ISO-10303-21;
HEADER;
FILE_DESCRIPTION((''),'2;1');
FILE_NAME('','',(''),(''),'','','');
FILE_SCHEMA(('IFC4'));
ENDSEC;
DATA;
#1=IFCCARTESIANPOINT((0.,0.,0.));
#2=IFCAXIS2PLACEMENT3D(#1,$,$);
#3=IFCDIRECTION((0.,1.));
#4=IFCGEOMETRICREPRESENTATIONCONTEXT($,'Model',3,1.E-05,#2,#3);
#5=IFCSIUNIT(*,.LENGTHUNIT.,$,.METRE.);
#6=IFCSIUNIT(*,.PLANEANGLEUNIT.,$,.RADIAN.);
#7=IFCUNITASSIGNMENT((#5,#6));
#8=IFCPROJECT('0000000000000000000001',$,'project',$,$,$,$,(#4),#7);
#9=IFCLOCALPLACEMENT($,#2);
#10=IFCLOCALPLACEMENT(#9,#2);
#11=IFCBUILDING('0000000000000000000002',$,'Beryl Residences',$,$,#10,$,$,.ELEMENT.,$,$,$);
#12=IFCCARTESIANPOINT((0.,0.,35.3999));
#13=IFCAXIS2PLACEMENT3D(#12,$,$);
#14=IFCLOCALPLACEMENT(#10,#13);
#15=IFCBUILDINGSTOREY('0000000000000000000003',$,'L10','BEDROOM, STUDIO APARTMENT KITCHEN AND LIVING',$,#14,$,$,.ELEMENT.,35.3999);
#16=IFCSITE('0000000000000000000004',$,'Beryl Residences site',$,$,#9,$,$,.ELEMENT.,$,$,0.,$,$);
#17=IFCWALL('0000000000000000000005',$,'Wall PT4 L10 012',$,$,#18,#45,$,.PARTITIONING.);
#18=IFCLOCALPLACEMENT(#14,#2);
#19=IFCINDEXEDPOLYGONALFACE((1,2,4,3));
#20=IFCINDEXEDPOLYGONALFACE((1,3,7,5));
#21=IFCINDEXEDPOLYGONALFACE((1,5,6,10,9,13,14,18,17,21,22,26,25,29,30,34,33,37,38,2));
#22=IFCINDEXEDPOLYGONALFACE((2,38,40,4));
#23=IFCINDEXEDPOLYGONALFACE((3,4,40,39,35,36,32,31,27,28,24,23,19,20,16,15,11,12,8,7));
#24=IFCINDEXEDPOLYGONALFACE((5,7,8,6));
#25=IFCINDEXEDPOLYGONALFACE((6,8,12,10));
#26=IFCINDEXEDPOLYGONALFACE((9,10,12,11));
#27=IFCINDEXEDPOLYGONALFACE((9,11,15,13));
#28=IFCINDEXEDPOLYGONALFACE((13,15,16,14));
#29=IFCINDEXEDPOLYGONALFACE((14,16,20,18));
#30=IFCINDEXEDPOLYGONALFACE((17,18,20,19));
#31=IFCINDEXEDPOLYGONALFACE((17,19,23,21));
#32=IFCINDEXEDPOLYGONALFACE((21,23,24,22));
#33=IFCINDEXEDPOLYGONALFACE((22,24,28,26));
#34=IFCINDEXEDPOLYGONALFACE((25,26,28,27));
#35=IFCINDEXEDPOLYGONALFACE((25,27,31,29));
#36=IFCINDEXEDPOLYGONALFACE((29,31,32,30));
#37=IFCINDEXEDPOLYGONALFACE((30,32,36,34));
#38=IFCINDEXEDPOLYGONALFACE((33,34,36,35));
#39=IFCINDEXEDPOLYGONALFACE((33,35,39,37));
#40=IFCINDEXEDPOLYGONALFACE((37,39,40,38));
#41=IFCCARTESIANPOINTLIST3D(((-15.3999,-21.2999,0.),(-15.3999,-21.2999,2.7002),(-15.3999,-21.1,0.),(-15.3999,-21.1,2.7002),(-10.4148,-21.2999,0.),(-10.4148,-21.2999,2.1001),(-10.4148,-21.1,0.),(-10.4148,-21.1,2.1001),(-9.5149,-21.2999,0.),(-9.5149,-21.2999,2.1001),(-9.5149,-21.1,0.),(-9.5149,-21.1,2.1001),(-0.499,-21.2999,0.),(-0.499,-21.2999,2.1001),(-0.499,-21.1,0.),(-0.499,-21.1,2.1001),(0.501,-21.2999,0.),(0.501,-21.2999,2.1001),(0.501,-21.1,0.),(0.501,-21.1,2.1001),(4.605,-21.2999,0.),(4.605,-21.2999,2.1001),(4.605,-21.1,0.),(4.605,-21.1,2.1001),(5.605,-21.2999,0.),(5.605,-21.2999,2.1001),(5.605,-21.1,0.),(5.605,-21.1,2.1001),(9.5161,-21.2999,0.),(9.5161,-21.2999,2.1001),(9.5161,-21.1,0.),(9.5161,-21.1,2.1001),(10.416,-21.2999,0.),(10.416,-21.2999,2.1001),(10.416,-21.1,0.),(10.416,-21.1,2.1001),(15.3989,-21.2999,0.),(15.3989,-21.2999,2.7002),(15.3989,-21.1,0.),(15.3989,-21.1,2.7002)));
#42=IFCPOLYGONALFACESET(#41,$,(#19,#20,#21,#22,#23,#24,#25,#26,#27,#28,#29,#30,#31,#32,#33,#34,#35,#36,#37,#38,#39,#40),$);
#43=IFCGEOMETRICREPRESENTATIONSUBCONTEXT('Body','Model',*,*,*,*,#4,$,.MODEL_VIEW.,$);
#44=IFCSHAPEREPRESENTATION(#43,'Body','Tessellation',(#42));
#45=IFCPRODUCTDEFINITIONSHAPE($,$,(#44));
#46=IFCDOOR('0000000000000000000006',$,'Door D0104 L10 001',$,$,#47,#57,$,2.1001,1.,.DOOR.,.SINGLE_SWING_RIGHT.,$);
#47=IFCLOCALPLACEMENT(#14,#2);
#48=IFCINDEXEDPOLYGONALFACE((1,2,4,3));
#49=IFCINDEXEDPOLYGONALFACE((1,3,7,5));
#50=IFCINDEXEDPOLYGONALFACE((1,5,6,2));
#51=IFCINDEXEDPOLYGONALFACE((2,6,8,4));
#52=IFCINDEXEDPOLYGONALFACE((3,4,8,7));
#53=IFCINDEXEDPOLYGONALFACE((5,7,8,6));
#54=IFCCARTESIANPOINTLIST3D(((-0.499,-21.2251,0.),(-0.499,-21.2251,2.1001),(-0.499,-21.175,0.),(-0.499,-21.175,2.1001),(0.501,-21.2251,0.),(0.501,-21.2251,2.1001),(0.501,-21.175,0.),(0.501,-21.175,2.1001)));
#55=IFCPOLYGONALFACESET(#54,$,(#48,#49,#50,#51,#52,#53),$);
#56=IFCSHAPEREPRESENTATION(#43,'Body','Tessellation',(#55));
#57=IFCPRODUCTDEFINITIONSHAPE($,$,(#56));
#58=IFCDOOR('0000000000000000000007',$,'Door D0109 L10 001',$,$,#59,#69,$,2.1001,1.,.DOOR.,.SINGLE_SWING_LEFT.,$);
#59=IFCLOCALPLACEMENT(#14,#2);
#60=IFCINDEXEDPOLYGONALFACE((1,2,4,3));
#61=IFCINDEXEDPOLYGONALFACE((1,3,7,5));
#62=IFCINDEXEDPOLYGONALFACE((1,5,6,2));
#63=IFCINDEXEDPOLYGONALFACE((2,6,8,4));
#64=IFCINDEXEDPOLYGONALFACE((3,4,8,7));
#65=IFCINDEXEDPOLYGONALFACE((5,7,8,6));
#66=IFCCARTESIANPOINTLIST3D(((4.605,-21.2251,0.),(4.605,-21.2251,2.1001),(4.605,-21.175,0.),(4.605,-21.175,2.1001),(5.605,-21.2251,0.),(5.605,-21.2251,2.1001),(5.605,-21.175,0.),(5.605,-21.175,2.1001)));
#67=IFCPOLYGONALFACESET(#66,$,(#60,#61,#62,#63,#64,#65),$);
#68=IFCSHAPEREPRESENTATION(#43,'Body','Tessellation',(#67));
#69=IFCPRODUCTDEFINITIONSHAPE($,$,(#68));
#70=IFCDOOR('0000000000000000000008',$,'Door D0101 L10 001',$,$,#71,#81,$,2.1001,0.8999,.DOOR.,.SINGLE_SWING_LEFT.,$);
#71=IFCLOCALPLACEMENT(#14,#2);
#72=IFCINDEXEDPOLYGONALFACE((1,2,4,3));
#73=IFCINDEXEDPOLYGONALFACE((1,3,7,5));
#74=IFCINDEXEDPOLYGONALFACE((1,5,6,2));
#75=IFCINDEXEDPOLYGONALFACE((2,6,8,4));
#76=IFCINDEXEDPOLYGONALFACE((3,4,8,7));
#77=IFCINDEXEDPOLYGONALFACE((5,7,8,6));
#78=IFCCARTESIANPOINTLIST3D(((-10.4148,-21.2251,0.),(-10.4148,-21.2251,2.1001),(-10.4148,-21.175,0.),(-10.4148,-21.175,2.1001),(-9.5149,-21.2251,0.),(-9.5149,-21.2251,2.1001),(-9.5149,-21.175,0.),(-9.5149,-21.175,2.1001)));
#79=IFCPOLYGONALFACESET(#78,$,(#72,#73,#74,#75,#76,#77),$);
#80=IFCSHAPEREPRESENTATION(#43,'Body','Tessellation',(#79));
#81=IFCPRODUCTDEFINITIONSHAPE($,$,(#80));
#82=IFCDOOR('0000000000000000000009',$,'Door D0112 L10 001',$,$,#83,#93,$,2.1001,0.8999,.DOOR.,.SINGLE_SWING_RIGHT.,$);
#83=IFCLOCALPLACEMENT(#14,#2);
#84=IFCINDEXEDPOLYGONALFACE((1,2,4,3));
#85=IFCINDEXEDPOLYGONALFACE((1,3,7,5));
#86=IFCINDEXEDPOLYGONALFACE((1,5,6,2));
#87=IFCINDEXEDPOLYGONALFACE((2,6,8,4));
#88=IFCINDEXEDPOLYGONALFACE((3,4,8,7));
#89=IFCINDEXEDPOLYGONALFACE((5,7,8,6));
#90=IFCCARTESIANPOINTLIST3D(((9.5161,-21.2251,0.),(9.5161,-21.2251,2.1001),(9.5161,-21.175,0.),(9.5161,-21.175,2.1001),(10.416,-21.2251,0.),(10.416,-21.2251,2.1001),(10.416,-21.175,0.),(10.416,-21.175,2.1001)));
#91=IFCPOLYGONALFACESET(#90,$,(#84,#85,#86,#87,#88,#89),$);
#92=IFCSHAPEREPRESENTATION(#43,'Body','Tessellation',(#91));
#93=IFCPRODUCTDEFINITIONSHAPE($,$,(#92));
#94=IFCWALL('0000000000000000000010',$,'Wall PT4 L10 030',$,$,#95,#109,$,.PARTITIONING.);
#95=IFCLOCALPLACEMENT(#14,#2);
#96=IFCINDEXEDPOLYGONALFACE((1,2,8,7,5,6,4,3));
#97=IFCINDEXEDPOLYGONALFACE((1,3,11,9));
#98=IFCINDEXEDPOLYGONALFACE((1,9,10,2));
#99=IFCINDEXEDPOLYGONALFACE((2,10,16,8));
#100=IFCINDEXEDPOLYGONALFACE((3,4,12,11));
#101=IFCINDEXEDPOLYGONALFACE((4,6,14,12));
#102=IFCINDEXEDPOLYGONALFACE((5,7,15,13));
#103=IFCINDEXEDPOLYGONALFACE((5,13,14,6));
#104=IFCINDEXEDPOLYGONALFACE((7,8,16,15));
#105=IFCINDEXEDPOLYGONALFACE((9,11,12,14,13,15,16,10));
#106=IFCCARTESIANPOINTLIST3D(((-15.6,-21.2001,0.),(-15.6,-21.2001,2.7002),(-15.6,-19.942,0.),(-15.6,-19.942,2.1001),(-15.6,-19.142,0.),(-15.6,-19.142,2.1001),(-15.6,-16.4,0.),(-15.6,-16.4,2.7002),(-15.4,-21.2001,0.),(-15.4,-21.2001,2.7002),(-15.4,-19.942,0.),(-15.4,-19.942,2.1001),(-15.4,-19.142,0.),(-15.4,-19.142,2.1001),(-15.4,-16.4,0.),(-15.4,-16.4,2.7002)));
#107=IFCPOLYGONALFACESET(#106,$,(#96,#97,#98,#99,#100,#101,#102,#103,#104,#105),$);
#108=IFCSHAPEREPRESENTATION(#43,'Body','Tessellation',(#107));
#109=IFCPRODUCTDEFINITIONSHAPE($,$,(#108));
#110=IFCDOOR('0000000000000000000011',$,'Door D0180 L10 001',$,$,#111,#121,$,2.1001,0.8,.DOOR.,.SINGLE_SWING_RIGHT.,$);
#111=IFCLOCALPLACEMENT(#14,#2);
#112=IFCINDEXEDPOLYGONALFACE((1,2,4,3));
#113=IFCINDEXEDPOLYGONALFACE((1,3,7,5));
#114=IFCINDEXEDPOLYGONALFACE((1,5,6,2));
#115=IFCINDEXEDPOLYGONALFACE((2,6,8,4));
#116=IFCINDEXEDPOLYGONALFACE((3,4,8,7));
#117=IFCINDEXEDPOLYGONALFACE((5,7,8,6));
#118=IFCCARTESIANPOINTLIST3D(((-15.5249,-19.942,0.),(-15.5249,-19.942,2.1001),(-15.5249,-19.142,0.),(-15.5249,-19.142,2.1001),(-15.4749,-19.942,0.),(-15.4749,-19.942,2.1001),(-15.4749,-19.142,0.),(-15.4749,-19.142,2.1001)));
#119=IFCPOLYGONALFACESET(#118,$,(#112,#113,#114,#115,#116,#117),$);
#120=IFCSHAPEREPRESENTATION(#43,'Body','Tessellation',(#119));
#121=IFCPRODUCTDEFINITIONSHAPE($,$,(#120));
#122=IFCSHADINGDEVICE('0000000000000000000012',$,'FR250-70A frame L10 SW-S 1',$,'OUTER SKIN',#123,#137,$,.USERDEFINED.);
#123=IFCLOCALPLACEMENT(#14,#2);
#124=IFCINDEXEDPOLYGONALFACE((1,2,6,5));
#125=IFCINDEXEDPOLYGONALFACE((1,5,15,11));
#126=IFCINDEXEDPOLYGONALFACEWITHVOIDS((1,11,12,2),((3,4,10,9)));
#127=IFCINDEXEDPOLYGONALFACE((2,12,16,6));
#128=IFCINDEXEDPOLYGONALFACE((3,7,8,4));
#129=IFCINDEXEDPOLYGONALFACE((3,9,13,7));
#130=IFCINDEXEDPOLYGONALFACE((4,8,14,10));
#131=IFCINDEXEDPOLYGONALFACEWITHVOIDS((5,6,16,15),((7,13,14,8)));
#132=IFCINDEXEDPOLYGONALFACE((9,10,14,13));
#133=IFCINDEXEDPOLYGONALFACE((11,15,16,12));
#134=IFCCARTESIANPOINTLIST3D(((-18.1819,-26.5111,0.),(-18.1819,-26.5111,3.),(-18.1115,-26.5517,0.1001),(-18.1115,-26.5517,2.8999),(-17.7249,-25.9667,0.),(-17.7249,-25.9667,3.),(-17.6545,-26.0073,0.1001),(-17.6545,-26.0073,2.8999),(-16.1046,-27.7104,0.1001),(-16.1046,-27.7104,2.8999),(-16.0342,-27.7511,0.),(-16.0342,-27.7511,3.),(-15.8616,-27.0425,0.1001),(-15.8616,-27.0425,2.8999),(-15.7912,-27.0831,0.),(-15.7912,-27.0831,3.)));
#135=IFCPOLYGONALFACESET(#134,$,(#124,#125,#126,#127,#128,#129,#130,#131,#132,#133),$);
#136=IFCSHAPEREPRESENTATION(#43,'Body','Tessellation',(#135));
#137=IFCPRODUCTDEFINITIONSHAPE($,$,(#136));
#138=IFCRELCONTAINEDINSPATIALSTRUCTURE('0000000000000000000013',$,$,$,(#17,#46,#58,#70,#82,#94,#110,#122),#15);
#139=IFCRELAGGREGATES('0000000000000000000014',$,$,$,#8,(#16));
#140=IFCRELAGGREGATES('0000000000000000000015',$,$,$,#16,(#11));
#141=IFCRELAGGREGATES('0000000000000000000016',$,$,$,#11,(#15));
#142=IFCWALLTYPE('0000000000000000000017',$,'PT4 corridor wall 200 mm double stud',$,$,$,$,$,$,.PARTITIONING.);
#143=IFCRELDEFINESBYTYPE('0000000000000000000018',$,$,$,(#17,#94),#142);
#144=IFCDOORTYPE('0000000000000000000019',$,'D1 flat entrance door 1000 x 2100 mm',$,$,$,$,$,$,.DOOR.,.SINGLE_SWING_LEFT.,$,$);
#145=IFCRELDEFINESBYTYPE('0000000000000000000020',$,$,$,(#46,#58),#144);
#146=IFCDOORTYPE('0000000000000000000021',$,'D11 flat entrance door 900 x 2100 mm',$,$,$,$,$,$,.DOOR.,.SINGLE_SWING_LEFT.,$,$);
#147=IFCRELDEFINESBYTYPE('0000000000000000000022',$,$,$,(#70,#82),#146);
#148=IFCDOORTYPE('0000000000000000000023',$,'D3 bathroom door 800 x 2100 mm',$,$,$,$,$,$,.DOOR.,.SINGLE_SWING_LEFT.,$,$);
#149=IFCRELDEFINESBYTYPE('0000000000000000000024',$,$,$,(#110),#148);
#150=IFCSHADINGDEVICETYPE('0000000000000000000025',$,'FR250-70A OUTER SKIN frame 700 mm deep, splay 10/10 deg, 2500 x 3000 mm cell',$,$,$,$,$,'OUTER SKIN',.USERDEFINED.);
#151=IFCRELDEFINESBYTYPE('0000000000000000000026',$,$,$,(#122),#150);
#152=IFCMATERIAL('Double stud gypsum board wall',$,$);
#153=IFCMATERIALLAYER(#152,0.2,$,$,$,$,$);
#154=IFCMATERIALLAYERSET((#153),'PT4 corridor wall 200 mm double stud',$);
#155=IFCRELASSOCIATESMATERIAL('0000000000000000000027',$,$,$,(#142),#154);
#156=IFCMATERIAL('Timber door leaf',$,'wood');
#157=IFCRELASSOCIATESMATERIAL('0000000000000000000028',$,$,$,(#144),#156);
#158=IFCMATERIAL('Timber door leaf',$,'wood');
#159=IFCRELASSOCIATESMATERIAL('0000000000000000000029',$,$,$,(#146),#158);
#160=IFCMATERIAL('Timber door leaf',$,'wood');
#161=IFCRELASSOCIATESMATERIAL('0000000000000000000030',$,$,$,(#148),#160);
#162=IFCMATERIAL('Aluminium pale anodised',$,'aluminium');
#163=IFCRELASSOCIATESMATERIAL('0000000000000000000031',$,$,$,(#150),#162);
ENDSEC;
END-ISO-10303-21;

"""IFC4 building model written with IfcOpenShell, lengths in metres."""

from ifc_helpers import new_model, entity, si_unit, direction, frame, frame_2d, origin, place, context, subcontext, project, spatial, rectangle, extrude, source, transform, mapped, material, layer, layer_set, type_object, type_shapes, element, fill, save


model = new_model("IFC4")

# Units and contexts
model_context = context("Model", 3, precision=1e-05, world=origin(), true_north=direction((0.0, 1.0)))
body_context = subcontext(model_context, "Body", "Model", "MODEL_VIEW")
ifc_project = project(units=[si_unit("LENGTHUNIT", "METRE"), si_unit("PLANEANGLEUNIT", "RADIAN")], contexts=[model_context])

# Site, building, storey
site_placement = place(None, origin())
site = spatial("IfcSite", under=ifc_project, at=site_placement, Name="Beryl Residences site", CompositionType="ELEMENT", RefElevation=0.0)
building_placement = place(site_placement, origin())
building = spatial("IfcBuilding", under=site, at=building_placement, Name="Beryl Residences", CompositionType="ELEMENT")
storey_placement = place(building_placement, frame((0.0, 0.0, 35.3999)))
storey = spatial("IfcBuildingStorey", under=building, at=storey_placement, Name="L10", Description="BEDROOM, STUDIO APARTMENT KITCHEN AND LIVING", CompositionType="ELEMENT", Elevation=35.3999)

# Wall, openings, doors
ifc_material_1 = material(Name="Double stud gypsum board wall")
ifc_layer_1 = layer(ifc_material_1, 0.2)
ifc_layer_set_1 = layer_set([ifc_layer_1], Name="PT4 corridor wall 200 mm double stud")
wall_type_1 = type_object("IfcWallType", Name="PT4 corridor wall 200 mm double stud", PredefinedType="PARTITIONING", material=ifc_layer_set_1)
wall_1_placement = place(storey_placement, frame((-15.3999, -21.2, 0.0), z_axis=(0.0, 0.0, 1.0), x_axis=(1.0, 0.0, 0.0)))
wall_1 = element("IfcWall", 1, at=wall_1_placement, inside=storey, type_object=wall_type_1, Name="Wall PT4 L10 012", PredefinedType="PARTITIONING", context=body_context, shape_type="SweptSolid", body=[
    extrude(rectangle(XDim=30.7988, YDim=0.2, at=frame_2d((15.3994, 0.0))), origin(), (0.0, 0.0, 1.0), 2.7002),
])
opening_1_placement = place(wall_1_placement, frame((4.9851, 0.0, 0.0)))
opening_1 = element("IfcOpeningElement", 2, at=opening_1_placement, cuts=wall_1, PredefinedType="OPENING", context=body_context, shape_type="SweptSolid", body=[
    extrude(rectangle(XDim=0.8999, YDim=2.1001, at=frame_2d((0.45, 1.05))), frame((0.0, 0.1099, 0.0), z_axis=(0.0, -1.0, 0.0), x_axis=(1.0, 0.0, 0.0)), (0.0, 0.0, 1.0), 0.22),
])
opening_2_placement = place(wall_1_placement, frame((14.9009, 0.0, 0.0)))
opening_2 = element("IfcOpeningElement", 3, at=opening_2_placement, cuts=wall_1, PredefinedType="OPENING", context=body_context, shape_type="SweptSolid", body=[
    extrude(rectangle(XDim=1.0, YDim=2.1001, at=frame_2d((0.5, 1.05))), frame((0.0, 0.1099, 0.0), z_axis=(0.0, -1.0, 0.0), x_axis=(1.0, 0.0, 0.0)), (0.0, 0.0, 1.0), 0.22),
])
opening_3_placement = place(wall_1_placement, frame((20.0049, 0.0, 0.0)))
opening_3 = element("IfcOpeningElement", 4, at=opening_3_placement, cuts=wall_1, PredefinedType="OPENING", context=body_context, shape_type="SweptSolid", body=[
    extrude(rectangle(XDim=1.0, YDim=2.1001, at=frame_2d((0.5, 1.05))), frame((0.0, 0.1099, 0.0), z_axis=(0.0, -1.0, 0.0), x_axis=(1.0, 0.0, 0.0)), (0.0, 0.0, 1.0), 0.22),
])
opening_4_placement = place(wall_1_placement, frame((24.916, 0.0, 0.0)))
opening_4 = element("IfcOpeningElement", 5, at=opening_4_placement, cuts=wall_1, PredefinedType="OPENING", context=body_context, shape_type="SweptSolid", body=[
    extrude(rectangle(XDim=0.8999, YDim=2.1001, at=frame_2d((0.45, 1.05))), frame((0.0, 0.1099, 0.0), z_axis=(0.0, -1.0, 0.0), x_axis=(1.0, 0.0, 0.0)), (0.0, 0.0, 1.0), 0.22),
])
ifc_material_2 = material(Name="Timber door leaf", Category="wood")
door_type_1 = type_object("IfcDoorType", Name="D1 flat entrance door 1000 x 2100 mm", OperationType="SINGLE_SWING_LEFT", PredefinedType="DOOR", material=ifc_material_2)
door_1_placement = place(opening_2_placement, origin())
door_1 = element("IfcDoor", 6, at=door_1_placement, inside=storey, type_object=door_type_1, Name="Door D0104 L10 001", OperationType="SINGLE_SWING_RIGHT", OverallHeight=2.1001, OverallWidth=1.0, PredefinedType="DOOR", context=body_context, shape_type="SweptSolid", body=[
    extrude(rectangle(XDim=1.0, YDim=2.1001, at=frame_2d((0.5, 1.05))), frame((0.0, 0.0249, 0.0), z_axis=(0.0, -1.0, 0.0), x_axis=(1.0, 0.0, 0.0)), (0.0, 0.0, 1.0), 0.05),
])
fill(opening_2, door_1)
door_2_placement = place(opening_3_placement, origin())
door_2 = element("IfcDoor", 7, at=door_2_placement, inside=storey, type_object=door_type_1, Name="Door D0109 L10 001", OperationType="SINGLE_SWING_LEFT", OverallHeight=2.1001, OverallWidth=1.0, PredefinedType="DOOR", context=body_context, shape_type="SweptSolid", body=[
    extrude(rectangle(XDim=1.0, YDim=2.1001, at=frame_2d((0.5, 1.05))), frame((0.0, 0.0249, 0.0), z_axis=(0.0, -1.0, 0.0), x_axis=(1.0, 0.0, 0.0)), (0.0, 0.0, 1.0), 0.05),
])
fill(opening_3, door_2)
ifc_material_3 = material(Name="Timber door leaf", Category="wood")
door_type_2 = type_object("IfcDoorType", Name="D11 flat entrance door 900 x 2100 mm", OperationType="SINGLE_SWING_LEFT", PredefinedType="DOOR", material=ifc_material_3)
door_3_placement = place(opening_1_placement, origin())
door_3 = element("IfcDoor", 8, at=door_3_placement, inside=storey, type_object=door_type_2, Name="Door D0101 L10 001", OperationType="SINGLE_SWING_LEFT", OverallHeight=2.1001, OverallWidth=0.8999, PredefinedType="DOOR", context=body_context, shape_type="SweptSolid", body=[
    extrude(rectangle(XDim=0.8999, YDim=2.1001, at=frame_2d((0.45, 1.05))), frame((0.0, 0.0249, 0.0), z_axis=(0.0, -1.0, 0.0), x_axis=(1.0, 0.0, 0.0)), (0.0, 0.0, 1.0), 0.05),
])
fill(opening_1, door_3)
door_4_placement = place(opening_4_placement, origin())
door_4 = element("IfcDoor", 9, at=door_4_placement, inside=storey, type_object=door_type_2, Name="Door D0112 L10 001", OperationType="SINGLE_SWING_RIGHT", OverallHeight=2.1001, OverallWidth=0.8999, PredefinedType="DOOR", context=body_context, shape_type="SweptSolid", body=[
    extrude(rectangle(XDim=0.8999, YDim=2.1001, at=frame_2d((0.45, 1.05))), frame((0.0, 0.0249, 0.0), z_axis=(0.0, -1.0, 0.0), x_axis=(1.0, 0.0, 0.0)), (0.0, 0.0, 1.0), 0.05),
])
fill(opening_4, door_4)

# Wall, opening, door
wall_2_placement = place(storey_placement, frame((-15.5, -21.2, 0.0), z_axis=(0.0, 0.0, 1.0), x_axis=(0.0, 1.0, 0.0)))
wall_2 = element("IfcWall", 10, at=wall_2_placement, inside=storey, type_object=wall_type_1, Name="Wall PT4 L10 030", PredefinedType="PARTITIONING", context=body_context, shape_type="SweptSolid", body=[
    extrude(rectangle(XDim=4.8, YDim=0.2, at=frame_2d((2.3999, 0.0))), origin(), (0.0, 0.0, 1.0), 2.7002),
])
opening_5_placement = place(wall_2_placement, frame((1.2581, 0.0, 0.0)))
opening_5 = element("IfcOpeningElement", 11, at=opening_5_placement, cuts=wall_2, PredefinedType="OPENING", context=body_context, shape_type="SweptSolid", body=[
    extrude(rectangle(XDim=0.8, YDim=2.1001, at=frame_2d((0.3999, 1.05))), frame((0.0, 0.1099, 0.0), z_axis=(0.0, -1.0, 0.0), x_axis=(1.0, 0.0, 0.0)), (0.0, 0.0, 1.0), 0.22),
])
ifc_material_4 = material(Name="Timber door leaf", Category="wood")
door_type_3 = type_object("IfcDoorType", Name="D3 bathroom door 800 x 2100 mm", OperationType="SINGLE_SWING_LEFT", PredefinedType="DOOR", material=ifc_material_4)
door_5_placement = place(opening_5_placement, origin())
door_5 = element("IfcDoor", 12, at=door_5_placement, inside=storey, type_object=door_type_3, Name="Door D0180 L10 001", OperationType="SINGLE_SWING_RIGHT", OverallHeight=2.1001, OverallWidth=0.8, PredefinedType="DOOR", context=body_context, shape_type="SweptSolid", body=[
    extrude(rectangle(XDim=0.8, YDim=2.1001, at=frame_2d((0.3999, 1.05))), frame((0.0, 0.0249, 0.0), z_axis=(0.0, -1.0, 0.0), x_axis=(1.0, 0.0, 0.0)), (0.0, 0.0, 1.0), 0.05),
])
fill(opening_5, door_5)

# Shading device
ifc_material_5 = material(Name="Aluminium pale anodised", Category="aluminium")
shading_device_type_1 = type_object("IfcShadingDeviceType", Name="FR250-70A OUTER SKIN frame 700 mm deep, splay 10/10 deg, 2500 x 3000 mm cell", ElementType="OUTER SKIN", PredefinedType="USERDEFINED", material=ifc_material_5)
cartesian_point_1 = entity("IfcCartesianPoint", [-1.1165, 0.0])
cartesian_point_2 = entity("IfcCartesianPoint", [-1.0352, 0.1001])
cartesian_point_3 = entity("IfcCartesianPoint", [-1.24, 0.0])
cartesian_point_4 = entity("IfcCartesianPoint", [-1.1587, 0.1001])
shared_shape_1 = source(origin(), body_context, "Body", "SweptSolid", [
    entity("IfcExtrudedAreaSolidTapered", entity("IfcArbitraryProfileDefWithVoids", "AREA", None, entity("IfcPolyline", [cartesian_point_1, entity("IfcCartesianPoint", [1.1165, 0.0]), entity("IfcCartesianPoint", [1.1165, 3.0]), entity("IfcCartesianPoint", [-1.1165, 3.0]), cartesian_point_1]), [entity("IfcPolyline", [cartesian_point_2, entity("IfcCartesianPoint", [1.0352, 0.1001]), entity("IfcCartesianPoint", [1.0352, 2.8999]), entity("IfcCartesianPoint", [-1.0352, 2.8999]), cartesian_point_2])]), entity("IfcAxis2Placement3D", entity("IfcCartesianPoint", [0.0, 0.0, 0.0]), entity("IfcDirection", [0.0, 1.0, 0.0]), entity("IfcDirection", [-1.0, 0.0, 0.0])), entity("IfcDirection", [0.0, 0.0, 1.0]), 0.7, entity("IfcArbitraryProfileDefWithVoids", "AREA", None, entity("IfcPolyline", [cartesian_point_3, entity("IfcCartesianPoint", [1.24, 0.0]), entity("IfcCartesianPoint", [1.24, 3.0]), entity("IfcCartesianPoint", [-1.24, 3.0]), cartesian_point_3]), [entity("IfcPolyline", [cartesian_point_4, entity("IfcCartesianPoint", [1.1587, 0.1001]), entity("IfcCartesianPoint", [1.1587, 2.8999]), entity("IfcCartesianPoint", [-1.1587, 2.8999]), cartesian_point_4])])),
])
type_shapes(shading_device_type_1, [shared_shape_1])
shading_device_placement = place(storey_placement, frame((-16.7581, -26.5249, 0.0), z_axis=(0.0, 0.0, 1.0), x_axis=(-0.866025, 0.5, 0.0)))
element("IfcShadingDevice", 13, at=shading_device_placement, inside=storey, type_object=shading_device_type_1, Name="FR250-70A frame L10 SW-S 1", ObjectType="OUTER SKIN", PredefinedType="USERDEFINED", context=body_context, shape_type="MappedRepresentation", body=[
    mapped(shared_shape_1, transform((0.0, 0.0, 0.0))),
])

save(model, "model.ifc")
